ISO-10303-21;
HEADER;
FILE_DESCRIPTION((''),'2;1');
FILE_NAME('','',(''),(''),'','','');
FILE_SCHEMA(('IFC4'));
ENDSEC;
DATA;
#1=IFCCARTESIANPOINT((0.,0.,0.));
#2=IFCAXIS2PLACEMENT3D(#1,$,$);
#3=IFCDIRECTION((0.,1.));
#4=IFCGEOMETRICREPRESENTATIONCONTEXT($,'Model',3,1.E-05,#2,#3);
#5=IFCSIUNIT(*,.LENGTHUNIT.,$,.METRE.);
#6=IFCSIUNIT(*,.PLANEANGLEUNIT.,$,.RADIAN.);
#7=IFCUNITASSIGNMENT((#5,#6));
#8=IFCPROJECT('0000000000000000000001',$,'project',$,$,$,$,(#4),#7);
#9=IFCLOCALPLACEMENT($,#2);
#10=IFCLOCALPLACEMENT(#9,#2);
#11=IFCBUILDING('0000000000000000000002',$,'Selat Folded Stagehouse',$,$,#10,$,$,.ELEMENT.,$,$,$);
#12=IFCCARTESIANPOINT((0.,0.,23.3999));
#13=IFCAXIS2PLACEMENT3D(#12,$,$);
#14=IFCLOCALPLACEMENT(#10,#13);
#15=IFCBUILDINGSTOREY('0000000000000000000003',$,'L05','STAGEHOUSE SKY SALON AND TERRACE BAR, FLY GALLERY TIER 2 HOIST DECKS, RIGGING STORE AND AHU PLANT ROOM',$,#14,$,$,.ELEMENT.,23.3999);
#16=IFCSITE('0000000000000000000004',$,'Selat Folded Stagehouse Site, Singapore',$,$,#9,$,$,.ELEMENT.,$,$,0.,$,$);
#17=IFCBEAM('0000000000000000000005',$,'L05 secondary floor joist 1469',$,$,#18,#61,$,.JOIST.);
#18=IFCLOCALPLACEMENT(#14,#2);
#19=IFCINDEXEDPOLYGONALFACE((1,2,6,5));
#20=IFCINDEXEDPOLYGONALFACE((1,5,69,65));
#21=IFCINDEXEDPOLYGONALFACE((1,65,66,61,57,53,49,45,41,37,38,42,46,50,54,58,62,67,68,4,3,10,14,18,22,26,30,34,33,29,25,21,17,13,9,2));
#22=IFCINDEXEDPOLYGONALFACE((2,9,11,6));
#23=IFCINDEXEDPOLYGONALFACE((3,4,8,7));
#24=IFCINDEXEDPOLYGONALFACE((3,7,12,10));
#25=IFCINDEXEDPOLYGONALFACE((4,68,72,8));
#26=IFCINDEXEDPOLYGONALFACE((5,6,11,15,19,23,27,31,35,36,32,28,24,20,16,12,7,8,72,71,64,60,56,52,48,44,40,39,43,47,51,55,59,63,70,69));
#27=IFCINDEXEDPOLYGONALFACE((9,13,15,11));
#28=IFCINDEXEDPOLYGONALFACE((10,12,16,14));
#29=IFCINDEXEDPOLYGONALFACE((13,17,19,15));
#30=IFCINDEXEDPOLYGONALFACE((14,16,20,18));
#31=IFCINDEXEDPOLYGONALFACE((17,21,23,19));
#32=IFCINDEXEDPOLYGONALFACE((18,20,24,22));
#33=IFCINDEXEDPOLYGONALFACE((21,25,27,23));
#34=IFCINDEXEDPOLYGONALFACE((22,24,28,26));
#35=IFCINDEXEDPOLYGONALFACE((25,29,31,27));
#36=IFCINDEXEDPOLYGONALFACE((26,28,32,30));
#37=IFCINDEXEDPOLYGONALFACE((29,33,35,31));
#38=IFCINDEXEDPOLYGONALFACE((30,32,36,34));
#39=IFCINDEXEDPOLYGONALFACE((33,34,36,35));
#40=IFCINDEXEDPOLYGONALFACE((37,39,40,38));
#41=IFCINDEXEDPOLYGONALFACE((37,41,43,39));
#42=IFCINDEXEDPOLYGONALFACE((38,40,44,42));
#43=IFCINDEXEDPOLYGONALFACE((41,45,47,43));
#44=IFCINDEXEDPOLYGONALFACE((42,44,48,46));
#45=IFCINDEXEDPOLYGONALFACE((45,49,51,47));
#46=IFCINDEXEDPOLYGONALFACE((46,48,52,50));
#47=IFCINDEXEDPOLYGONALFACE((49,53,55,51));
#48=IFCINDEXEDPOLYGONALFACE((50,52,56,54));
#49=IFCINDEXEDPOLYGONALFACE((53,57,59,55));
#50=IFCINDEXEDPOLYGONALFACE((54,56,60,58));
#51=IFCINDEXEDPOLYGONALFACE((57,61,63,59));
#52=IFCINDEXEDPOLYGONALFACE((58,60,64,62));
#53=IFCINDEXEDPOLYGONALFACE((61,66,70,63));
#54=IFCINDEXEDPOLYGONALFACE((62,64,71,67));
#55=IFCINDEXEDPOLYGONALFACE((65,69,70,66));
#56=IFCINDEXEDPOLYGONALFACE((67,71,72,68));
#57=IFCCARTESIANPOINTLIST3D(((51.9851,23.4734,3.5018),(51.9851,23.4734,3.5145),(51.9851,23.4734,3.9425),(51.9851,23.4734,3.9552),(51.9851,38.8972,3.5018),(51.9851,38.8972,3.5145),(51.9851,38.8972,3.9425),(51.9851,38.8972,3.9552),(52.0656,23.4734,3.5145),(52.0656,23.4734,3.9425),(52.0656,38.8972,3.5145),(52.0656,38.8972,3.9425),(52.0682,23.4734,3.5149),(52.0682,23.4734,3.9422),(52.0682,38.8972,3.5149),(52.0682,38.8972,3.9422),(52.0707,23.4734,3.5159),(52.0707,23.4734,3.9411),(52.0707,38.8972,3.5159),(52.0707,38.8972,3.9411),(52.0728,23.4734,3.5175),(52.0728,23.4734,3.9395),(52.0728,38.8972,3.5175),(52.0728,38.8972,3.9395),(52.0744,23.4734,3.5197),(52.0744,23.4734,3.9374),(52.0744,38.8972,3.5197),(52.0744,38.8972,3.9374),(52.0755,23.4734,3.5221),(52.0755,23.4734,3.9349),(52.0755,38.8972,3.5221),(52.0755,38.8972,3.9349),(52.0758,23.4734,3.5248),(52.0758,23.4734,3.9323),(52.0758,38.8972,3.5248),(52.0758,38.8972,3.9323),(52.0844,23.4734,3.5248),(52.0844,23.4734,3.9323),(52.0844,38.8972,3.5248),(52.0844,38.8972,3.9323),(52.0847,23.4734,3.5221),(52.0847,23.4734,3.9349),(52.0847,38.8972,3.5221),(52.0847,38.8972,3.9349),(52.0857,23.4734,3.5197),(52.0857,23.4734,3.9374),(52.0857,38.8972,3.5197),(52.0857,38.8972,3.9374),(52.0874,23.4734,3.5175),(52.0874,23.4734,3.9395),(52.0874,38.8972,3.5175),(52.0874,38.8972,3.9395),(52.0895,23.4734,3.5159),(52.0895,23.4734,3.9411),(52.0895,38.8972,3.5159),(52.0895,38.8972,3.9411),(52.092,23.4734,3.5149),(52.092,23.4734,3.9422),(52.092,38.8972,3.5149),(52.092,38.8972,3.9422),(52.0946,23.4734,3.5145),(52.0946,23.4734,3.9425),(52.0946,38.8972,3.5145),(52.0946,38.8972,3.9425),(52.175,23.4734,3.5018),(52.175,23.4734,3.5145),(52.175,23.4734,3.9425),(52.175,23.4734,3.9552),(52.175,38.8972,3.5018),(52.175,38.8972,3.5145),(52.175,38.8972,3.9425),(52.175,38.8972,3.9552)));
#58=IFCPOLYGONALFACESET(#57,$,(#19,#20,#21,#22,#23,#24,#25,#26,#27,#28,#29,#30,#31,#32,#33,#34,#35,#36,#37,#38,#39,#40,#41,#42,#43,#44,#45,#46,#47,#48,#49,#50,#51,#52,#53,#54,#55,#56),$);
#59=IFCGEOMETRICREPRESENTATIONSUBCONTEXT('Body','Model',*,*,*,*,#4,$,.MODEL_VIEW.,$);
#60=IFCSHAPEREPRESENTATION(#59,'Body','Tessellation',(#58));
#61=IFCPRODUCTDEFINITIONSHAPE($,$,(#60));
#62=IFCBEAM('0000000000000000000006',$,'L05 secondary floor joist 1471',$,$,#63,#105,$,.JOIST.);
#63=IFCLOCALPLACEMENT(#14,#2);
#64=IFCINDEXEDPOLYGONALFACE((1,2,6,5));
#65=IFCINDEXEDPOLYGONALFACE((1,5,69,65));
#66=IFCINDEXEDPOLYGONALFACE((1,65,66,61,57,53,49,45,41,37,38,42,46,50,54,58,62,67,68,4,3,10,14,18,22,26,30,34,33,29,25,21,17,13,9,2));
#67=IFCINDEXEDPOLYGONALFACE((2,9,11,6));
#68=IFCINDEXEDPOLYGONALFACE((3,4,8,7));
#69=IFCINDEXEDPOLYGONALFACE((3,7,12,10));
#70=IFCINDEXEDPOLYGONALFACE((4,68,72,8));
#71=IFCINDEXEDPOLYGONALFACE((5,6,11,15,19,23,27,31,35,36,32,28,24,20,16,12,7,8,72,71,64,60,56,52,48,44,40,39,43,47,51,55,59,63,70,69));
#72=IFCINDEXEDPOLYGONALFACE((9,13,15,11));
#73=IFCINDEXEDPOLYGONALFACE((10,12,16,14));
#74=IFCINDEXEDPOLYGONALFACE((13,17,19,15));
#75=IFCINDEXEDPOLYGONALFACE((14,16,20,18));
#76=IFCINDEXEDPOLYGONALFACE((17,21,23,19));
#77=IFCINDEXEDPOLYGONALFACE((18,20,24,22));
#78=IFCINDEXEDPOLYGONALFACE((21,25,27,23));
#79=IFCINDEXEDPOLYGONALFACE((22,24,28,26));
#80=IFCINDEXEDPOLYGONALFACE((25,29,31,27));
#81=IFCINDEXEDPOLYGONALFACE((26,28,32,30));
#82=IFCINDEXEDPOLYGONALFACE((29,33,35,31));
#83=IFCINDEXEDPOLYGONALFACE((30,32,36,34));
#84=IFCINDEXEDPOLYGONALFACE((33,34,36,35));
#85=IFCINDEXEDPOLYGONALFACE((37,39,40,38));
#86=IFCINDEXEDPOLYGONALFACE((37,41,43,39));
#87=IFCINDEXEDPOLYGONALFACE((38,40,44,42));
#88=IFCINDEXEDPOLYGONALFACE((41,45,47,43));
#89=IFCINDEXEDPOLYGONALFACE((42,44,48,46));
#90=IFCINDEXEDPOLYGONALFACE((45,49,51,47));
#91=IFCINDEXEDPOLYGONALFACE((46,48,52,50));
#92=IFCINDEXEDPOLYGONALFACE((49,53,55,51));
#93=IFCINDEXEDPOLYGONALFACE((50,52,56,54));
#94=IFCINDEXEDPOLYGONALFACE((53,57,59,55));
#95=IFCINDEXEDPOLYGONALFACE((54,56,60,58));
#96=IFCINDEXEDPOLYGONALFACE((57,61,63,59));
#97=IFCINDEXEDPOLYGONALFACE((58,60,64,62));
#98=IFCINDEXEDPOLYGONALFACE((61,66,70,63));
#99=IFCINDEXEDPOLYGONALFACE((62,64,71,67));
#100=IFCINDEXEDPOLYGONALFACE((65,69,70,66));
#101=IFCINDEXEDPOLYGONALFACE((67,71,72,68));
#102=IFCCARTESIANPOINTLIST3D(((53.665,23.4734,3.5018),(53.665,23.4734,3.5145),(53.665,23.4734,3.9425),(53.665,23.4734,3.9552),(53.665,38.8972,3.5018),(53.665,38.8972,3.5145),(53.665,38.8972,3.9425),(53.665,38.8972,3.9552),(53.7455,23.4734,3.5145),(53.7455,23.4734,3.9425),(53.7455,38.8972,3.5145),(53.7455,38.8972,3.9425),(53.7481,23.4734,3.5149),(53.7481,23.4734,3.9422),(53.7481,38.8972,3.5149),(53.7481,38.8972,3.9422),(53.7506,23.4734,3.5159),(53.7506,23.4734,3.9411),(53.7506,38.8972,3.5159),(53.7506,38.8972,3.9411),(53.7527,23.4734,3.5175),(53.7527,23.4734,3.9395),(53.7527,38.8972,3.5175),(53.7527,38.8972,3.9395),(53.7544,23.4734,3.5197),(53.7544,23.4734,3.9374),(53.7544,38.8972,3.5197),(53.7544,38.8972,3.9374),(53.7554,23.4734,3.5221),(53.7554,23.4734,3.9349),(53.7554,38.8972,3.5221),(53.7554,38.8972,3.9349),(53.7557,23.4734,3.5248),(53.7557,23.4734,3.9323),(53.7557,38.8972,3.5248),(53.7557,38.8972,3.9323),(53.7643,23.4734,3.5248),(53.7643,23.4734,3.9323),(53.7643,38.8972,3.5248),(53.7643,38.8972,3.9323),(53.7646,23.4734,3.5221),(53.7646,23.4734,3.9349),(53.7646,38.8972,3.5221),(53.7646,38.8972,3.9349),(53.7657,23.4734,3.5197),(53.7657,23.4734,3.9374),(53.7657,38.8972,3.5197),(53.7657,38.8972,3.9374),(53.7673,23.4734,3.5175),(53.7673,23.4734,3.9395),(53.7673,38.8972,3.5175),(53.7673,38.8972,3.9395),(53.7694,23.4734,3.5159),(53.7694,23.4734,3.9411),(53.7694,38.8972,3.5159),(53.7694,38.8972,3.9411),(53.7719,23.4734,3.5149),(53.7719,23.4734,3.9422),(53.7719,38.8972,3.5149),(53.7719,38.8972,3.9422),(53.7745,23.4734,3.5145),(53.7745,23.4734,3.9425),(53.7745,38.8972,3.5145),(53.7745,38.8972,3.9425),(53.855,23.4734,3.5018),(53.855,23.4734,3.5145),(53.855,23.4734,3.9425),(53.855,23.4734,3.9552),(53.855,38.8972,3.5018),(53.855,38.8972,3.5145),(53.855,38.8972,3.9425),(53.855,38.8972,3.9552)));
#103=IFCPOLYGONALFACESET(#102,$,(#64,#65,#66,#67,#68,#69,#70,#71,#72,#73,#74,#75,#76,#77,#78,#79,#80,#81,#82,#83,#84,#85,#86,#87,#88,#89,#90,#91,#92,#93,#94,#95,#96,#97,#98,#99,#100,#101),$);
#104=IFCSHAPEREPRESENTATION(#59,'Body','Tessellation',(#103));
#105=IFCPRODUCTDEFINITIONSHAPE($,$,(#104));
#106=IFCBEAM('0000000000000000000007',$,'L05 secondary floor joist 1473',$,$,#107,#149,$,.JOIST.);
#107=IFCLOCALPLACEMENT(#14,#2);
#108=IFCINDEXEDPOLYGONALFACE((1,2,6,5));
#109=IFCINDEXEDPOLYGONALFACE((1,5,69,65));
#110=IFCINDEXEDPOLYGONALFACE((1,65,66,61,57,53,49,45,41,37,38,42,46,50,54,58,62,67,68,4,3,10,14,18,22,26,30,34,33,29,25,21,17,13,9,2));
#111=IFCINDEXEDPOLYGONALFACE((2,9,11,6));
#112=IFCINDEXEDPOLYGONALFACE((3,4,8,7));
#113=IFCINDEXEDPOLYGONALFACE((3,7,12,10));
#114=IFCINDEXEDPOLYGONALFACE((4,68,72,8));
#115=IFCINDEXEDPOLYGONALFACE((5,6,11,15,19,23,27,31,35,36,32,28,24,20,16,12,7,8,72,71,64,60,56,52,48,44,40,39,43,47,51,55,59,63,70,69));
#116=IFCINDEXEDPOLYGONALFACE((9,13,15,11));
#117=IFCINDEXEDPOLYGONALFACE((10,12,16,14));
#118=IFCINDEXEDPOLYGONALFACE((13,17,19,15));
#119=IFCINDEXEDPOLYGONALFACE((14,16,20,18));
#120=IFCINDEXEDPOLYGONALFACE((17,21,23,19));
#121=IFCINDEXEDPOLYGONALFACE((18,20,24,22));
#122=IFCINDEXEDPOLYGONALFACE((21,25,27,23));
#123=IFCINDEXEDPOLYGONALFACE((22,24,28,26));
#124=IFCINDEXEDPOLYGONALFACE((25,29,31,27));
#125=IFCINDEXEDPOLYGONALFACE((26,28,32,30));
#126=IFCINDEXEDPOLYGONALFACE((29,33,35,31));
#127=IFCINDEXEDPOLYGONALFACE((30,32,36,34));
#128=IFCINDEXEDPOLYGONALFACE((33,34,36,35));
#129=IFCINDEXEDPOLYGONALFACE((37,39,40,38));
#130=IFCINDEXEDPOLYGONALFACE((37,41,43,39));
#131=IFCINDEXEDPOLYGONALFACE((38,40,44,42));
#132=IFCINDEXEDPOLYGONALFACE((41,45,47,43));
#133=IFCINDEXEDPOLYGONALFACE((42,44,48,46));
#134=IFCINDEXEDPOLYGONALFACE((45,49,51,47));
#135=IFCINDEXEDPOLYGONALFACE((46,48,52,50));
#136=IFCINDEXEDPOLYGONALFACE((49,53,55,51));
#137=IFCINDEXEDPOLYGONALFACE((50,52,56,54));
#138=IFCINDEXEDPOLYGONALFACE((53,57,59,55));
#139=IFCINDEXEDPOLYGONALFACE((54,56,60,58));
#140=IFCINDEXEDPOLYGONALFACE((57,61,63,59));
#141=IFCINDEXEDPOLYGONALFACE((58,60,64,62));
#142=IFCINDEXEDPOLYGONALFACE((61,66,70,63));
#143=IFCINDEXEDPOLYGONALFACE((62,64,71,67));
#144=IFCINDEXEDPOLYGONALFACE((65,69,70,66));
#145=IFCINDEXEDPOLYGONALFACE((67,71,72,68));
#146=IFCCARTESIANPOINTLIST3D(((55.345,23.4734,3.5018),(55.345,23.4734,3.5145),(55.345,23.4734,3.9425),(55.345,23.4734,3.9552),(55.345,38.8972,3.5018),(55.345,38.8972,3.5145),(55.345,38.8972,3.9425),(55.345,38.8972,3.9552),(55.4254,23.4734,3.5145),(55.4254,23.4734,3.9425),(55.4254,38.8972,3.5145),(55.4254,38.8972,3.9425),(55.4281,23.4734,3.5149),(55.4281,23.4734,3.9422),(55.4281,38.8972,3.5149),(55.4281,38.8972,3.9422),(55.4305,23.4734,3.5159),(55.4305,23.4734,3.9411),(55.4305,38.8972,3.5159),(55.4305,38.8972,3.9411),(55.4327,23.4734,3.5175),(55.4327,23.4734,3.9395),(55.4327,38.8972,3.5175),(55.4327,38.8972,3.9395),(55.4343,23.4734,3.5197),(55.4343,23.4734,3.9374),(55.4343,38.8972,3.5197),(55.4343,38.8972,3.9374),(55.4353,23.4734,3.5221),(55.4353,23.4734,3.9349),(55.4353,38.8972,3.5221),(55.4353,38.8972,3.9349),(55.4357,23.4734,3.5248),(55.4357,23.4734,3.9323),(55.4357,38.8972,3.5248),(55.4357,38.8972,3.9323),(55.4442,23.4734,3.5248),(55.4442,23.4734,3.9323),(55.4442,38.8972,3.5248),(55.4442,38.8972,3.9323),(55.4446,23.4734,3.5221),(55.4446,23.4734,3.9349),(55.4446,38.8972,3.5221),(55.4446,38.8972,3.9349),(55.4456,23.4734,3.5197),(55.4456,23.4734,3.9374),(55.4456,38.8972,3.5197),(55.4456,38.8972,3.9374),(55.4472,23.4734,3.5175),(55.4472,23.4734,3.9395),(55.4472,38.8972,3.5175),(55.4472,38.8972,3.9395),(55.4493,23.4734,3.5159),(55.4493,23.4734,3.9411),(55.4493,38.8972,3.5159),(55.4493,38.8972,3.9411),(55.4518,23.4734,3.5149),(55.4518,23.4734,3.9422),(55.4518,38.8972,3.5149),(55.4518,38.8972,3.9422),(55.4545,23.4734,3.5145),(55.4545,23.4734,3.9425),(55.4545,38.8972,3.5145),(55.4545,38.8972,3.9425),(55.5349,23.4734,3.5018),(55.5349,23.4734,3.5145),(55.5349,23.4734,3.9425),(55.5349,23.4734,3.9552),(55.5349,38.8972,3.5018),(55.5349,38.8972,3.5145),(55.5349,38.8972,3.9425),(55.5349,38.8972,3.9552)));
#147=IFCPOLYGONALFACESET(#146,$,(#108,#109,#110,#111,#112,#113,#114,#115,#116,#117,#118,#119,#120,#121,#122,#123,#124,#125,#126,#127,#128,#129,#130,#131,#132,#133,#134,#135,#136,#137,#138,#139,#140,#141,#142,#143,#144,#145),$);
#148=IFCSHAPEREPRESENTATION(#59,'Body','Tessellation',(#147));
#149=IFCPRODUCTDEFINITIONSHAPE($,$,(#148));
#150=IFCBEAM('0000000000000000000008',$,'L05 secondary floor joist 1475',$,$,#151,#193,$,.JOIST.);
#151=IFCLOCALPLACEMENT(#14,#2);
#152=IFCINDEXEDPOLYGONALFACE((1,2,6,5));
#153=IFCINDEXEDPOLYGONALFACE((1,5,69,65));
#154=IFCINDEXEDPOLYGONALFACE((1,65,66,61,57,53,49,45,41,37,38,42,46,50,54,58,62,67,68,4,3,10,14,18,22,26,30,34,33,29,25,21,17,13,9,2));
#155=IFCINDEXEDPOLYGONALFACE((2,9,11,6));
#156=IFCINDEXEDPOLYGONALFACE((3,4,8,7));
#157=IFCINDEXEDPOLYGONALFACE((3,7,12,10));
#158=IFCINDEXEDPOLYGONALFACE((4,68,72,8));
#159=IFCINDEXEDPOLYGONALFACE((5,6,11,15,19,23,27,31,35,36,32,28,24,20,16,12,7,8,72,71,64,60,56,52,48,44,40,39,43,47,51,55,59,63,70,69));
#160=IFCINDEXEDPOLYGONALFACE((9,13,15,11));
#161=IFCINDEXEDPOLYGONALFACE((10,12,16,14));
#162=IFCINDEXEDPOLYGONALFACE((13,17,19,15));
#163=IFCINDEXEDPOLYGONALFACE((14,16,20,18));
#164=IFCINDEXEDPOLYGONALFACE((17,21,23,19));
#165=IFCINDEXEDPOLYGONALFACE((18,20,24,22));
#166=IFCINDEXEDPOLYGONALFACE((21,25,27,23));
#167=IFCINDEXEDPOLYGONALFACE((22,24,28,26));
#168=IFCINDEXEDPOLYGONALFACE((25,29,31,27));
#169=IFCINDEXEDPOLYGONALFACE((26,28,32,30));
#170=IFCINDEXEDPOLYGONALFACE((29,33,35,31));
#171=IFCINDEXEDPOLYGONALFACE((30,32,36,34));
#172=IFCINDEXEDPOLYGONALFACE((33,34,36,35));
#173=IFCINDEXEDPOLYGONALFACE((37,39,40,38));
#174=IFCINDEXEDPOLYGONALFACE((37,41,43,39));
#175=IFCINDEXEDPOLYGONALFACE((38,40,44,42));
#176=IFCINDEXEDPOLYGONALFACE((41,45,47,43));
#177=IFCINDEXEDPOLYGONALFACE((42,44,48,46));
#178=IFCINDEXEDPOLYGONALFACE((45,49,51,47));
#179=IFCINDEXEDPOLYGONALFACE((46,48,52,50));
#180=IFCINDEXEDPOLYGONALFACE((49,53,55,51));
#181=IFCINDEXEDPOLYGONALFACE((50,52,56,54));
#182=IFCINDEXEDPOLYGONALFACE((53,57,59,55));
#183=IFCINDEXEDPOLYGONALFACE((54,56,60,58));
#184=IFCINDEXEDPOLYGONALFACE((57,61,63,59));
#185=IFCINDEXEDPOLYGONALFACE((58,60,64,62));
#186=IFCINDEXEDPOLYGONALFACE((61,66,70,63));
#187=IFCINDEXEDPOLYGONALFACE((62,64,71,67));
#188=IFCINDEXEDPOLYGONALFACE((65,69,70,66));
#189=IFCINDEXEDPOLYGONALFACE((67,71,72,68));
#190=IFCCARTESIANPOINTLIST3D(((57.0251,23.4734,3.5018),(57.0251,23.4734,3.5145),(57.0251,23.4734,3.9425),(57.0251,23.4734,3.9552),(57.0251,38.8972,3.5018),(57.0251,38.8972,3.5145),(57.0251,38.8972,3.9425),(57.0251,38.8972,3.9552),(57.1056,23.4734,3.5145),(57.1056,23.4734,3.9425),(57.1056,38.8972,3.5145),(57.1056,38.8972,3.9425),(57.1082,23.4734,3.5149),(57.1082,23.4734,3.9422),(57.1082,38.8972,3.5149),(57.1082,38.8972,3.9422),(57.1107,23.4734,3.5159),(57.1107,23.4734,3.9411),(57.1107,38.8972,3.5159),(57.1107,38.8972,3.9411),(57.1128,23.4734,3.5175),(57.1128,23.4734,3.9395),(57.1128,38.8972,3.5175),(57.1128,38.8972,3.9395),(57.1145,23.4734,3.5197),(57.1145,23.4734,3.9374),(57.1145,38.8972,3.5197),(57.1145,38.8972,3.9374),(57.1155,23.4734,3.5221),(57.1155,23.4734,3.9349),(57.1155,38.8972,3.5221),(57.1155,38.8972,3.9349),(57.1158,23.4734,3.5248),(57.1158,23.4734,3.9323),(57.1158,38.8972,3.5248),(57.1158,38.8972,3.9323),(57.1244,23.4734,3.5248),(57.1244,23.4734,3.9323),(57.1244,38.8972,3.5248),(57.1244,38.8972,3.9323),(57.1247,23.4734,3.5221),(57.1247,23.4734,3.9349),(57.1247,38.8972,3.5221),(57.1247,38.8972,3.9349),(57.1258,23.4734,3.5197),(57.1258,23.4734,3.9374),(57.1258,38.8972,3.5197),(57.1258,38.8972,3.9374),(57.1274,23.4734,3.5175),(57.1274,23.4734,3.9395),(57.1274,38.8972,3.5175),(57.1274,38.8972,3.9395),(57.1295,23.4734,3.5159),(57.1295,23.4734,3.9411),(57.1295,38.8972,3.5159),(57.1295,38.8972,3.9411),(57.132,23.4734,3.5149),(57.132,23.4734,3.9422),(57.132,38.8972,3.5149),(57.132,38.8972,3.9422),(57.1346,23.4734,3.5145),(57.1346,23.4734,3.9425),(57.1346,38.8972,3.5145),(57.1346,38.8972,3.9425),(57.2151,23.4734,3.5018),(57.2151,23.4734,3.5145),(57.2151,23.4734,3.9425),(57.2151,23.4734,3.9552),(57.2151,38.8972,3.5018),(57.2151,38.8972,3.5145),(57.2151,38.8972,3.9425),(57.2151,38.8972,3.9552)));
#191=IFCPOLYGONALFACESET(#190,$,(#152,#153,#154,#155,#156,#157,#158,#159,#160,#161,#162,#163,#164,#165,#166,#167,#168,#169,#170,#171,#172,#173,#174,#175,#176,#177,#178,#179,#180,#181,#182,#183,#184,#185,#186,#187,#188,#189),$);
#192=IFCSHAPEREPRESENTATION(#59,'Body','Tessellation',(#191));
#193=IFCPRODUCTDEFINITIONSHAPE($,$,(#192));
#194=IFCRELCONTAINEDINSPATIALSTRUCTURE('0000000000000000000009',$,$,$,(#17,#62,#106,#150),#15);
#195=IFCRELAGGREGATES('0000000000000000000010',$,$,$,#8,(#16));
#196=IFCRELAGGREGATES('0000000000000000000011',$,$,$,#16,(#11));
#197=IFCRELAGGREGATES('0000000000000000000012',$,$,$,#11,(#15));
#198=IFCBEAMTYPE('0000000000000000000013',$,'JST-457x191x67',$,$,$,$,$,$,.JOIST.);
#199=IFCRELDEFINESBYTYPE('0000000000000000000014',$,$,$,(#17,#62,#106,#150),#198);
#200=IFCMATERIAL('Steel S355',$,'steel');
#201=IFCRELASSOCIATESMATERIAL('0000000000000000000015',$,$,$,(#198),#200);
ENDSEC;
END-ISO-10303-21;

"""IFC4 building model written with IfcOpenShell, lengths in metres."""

from ifc_helpers import new_model, si_unit, direction, frame, origin, origin_2d, place, context, subcontext, project, spatial, i_section, extrude, material, material_profile, profile_set, type_object, element, save


model = new_model("IFC4")

# Units and contexts
model_context = context("Model", 3, precision=1e-05, world=origin(), true_north=direction((0.0, 1.0)))
body_context = subcontext(model_context, "Body", "Model", "MODEL_VIEW")
ifc_project = project(units=[si_unit("LENGTHUNIT", "METRE"), si_unit("PLANEANGLEUNIT", "RADIAN")], contexts=[model_context])

# Site, building, storey
site_placement = place(None, origin())
site = spatial("IfcSite", under=ifc_project, at=site_placement, Name="Selat Folded Stagehouse Site, Singapore", CompositionType="ELEMENT", RefElevation=0.0)
building_placement = place(site_placement, origin())
building = spatial("IfcBuilding", under=site, at=building_placement, Name="Selat Folded Stagehouse", CompositionType="ELEMENT")
storey_placement = place(building_placement, frame((0.0, 0.0, 23.3999)))
storey = spatial("IfcBuildingStorey", under=building, at=storey_placement, Name="L05", Description="STAGEHOUSE SKY SALON AND TERRACE BAR, FLY GALLERY TIER 2 HOIST DECKS, RIGGING STORE AND AHU PLANT ROOM", CompositionType="ELEMENT", Elevation=23.3999)

# Shared definitions
ifc_material_1 = material(Name="Steel S355", Category="steel")

# Beams
ifc_material_profile_1 = material_profile(ifc_material_1, i_section(OverallWidth=0.1899, OverallDepth=0.4534, WebThickness=0.0085, FlangeThickness=0.0127, FilletRadius=0.0103, at=origin_2d()), Name="UKB 457x191x67")
ifc_profile_set_1 = profile_set([ifc_material_profile_1], Name="Steel S355")
beam_type_1 = type_object("IfcBeamType", Name="JST-457x191x67", PredefinedType="JOIST", material=ifc_profile_set_1)
for number, where, z_axis, x_axis, name in (
    (1, (52.0801, 23.4734, 3.7285), (0.0, 1.0, 0.0), (-1.0, 0.0, 0.0), "L05 secondary floor joist 1469"),
    (2, (53.76, 23.4734, 3.7285), (0.0, 1.0, 0.0), (-1.0, 0.0, 0.0), "L05 secondary floor joist 1471"),
    (3, (55.4399, 23.4734, 3.7285), (0.0, 1.0, 0.0), (-1.0, 0.0, 0.0), "L05 secondary floor joist 1473"),
    (4, (57.1201, 23.4734, 3.7285), (0.0, 1.0, 0.0), (-1.0, 0.0, 0.0), "L05 secondary floor joist 1475"),
):
    element("IfcBeam", number, at=place(storey_placement, frame(where, z_axis=z_axis, x_axis=x_axis)), inside=storey, type_object=beam_type_1, Name=name, PredefinedType="JOIST", context=body_context, shape_type="SweptSolid", body=[
        extrude(i_section(OverallWidth=0.1899, OverallDepth=0.4534, WebThickness=0.0085, FlangeThickness=0.0127, FilletRadius=0.0103, at=origin_2d()), origin(), (0.0, 0.0, 1.0), 15.4238),
    ])

save(model, "model.ifc")
